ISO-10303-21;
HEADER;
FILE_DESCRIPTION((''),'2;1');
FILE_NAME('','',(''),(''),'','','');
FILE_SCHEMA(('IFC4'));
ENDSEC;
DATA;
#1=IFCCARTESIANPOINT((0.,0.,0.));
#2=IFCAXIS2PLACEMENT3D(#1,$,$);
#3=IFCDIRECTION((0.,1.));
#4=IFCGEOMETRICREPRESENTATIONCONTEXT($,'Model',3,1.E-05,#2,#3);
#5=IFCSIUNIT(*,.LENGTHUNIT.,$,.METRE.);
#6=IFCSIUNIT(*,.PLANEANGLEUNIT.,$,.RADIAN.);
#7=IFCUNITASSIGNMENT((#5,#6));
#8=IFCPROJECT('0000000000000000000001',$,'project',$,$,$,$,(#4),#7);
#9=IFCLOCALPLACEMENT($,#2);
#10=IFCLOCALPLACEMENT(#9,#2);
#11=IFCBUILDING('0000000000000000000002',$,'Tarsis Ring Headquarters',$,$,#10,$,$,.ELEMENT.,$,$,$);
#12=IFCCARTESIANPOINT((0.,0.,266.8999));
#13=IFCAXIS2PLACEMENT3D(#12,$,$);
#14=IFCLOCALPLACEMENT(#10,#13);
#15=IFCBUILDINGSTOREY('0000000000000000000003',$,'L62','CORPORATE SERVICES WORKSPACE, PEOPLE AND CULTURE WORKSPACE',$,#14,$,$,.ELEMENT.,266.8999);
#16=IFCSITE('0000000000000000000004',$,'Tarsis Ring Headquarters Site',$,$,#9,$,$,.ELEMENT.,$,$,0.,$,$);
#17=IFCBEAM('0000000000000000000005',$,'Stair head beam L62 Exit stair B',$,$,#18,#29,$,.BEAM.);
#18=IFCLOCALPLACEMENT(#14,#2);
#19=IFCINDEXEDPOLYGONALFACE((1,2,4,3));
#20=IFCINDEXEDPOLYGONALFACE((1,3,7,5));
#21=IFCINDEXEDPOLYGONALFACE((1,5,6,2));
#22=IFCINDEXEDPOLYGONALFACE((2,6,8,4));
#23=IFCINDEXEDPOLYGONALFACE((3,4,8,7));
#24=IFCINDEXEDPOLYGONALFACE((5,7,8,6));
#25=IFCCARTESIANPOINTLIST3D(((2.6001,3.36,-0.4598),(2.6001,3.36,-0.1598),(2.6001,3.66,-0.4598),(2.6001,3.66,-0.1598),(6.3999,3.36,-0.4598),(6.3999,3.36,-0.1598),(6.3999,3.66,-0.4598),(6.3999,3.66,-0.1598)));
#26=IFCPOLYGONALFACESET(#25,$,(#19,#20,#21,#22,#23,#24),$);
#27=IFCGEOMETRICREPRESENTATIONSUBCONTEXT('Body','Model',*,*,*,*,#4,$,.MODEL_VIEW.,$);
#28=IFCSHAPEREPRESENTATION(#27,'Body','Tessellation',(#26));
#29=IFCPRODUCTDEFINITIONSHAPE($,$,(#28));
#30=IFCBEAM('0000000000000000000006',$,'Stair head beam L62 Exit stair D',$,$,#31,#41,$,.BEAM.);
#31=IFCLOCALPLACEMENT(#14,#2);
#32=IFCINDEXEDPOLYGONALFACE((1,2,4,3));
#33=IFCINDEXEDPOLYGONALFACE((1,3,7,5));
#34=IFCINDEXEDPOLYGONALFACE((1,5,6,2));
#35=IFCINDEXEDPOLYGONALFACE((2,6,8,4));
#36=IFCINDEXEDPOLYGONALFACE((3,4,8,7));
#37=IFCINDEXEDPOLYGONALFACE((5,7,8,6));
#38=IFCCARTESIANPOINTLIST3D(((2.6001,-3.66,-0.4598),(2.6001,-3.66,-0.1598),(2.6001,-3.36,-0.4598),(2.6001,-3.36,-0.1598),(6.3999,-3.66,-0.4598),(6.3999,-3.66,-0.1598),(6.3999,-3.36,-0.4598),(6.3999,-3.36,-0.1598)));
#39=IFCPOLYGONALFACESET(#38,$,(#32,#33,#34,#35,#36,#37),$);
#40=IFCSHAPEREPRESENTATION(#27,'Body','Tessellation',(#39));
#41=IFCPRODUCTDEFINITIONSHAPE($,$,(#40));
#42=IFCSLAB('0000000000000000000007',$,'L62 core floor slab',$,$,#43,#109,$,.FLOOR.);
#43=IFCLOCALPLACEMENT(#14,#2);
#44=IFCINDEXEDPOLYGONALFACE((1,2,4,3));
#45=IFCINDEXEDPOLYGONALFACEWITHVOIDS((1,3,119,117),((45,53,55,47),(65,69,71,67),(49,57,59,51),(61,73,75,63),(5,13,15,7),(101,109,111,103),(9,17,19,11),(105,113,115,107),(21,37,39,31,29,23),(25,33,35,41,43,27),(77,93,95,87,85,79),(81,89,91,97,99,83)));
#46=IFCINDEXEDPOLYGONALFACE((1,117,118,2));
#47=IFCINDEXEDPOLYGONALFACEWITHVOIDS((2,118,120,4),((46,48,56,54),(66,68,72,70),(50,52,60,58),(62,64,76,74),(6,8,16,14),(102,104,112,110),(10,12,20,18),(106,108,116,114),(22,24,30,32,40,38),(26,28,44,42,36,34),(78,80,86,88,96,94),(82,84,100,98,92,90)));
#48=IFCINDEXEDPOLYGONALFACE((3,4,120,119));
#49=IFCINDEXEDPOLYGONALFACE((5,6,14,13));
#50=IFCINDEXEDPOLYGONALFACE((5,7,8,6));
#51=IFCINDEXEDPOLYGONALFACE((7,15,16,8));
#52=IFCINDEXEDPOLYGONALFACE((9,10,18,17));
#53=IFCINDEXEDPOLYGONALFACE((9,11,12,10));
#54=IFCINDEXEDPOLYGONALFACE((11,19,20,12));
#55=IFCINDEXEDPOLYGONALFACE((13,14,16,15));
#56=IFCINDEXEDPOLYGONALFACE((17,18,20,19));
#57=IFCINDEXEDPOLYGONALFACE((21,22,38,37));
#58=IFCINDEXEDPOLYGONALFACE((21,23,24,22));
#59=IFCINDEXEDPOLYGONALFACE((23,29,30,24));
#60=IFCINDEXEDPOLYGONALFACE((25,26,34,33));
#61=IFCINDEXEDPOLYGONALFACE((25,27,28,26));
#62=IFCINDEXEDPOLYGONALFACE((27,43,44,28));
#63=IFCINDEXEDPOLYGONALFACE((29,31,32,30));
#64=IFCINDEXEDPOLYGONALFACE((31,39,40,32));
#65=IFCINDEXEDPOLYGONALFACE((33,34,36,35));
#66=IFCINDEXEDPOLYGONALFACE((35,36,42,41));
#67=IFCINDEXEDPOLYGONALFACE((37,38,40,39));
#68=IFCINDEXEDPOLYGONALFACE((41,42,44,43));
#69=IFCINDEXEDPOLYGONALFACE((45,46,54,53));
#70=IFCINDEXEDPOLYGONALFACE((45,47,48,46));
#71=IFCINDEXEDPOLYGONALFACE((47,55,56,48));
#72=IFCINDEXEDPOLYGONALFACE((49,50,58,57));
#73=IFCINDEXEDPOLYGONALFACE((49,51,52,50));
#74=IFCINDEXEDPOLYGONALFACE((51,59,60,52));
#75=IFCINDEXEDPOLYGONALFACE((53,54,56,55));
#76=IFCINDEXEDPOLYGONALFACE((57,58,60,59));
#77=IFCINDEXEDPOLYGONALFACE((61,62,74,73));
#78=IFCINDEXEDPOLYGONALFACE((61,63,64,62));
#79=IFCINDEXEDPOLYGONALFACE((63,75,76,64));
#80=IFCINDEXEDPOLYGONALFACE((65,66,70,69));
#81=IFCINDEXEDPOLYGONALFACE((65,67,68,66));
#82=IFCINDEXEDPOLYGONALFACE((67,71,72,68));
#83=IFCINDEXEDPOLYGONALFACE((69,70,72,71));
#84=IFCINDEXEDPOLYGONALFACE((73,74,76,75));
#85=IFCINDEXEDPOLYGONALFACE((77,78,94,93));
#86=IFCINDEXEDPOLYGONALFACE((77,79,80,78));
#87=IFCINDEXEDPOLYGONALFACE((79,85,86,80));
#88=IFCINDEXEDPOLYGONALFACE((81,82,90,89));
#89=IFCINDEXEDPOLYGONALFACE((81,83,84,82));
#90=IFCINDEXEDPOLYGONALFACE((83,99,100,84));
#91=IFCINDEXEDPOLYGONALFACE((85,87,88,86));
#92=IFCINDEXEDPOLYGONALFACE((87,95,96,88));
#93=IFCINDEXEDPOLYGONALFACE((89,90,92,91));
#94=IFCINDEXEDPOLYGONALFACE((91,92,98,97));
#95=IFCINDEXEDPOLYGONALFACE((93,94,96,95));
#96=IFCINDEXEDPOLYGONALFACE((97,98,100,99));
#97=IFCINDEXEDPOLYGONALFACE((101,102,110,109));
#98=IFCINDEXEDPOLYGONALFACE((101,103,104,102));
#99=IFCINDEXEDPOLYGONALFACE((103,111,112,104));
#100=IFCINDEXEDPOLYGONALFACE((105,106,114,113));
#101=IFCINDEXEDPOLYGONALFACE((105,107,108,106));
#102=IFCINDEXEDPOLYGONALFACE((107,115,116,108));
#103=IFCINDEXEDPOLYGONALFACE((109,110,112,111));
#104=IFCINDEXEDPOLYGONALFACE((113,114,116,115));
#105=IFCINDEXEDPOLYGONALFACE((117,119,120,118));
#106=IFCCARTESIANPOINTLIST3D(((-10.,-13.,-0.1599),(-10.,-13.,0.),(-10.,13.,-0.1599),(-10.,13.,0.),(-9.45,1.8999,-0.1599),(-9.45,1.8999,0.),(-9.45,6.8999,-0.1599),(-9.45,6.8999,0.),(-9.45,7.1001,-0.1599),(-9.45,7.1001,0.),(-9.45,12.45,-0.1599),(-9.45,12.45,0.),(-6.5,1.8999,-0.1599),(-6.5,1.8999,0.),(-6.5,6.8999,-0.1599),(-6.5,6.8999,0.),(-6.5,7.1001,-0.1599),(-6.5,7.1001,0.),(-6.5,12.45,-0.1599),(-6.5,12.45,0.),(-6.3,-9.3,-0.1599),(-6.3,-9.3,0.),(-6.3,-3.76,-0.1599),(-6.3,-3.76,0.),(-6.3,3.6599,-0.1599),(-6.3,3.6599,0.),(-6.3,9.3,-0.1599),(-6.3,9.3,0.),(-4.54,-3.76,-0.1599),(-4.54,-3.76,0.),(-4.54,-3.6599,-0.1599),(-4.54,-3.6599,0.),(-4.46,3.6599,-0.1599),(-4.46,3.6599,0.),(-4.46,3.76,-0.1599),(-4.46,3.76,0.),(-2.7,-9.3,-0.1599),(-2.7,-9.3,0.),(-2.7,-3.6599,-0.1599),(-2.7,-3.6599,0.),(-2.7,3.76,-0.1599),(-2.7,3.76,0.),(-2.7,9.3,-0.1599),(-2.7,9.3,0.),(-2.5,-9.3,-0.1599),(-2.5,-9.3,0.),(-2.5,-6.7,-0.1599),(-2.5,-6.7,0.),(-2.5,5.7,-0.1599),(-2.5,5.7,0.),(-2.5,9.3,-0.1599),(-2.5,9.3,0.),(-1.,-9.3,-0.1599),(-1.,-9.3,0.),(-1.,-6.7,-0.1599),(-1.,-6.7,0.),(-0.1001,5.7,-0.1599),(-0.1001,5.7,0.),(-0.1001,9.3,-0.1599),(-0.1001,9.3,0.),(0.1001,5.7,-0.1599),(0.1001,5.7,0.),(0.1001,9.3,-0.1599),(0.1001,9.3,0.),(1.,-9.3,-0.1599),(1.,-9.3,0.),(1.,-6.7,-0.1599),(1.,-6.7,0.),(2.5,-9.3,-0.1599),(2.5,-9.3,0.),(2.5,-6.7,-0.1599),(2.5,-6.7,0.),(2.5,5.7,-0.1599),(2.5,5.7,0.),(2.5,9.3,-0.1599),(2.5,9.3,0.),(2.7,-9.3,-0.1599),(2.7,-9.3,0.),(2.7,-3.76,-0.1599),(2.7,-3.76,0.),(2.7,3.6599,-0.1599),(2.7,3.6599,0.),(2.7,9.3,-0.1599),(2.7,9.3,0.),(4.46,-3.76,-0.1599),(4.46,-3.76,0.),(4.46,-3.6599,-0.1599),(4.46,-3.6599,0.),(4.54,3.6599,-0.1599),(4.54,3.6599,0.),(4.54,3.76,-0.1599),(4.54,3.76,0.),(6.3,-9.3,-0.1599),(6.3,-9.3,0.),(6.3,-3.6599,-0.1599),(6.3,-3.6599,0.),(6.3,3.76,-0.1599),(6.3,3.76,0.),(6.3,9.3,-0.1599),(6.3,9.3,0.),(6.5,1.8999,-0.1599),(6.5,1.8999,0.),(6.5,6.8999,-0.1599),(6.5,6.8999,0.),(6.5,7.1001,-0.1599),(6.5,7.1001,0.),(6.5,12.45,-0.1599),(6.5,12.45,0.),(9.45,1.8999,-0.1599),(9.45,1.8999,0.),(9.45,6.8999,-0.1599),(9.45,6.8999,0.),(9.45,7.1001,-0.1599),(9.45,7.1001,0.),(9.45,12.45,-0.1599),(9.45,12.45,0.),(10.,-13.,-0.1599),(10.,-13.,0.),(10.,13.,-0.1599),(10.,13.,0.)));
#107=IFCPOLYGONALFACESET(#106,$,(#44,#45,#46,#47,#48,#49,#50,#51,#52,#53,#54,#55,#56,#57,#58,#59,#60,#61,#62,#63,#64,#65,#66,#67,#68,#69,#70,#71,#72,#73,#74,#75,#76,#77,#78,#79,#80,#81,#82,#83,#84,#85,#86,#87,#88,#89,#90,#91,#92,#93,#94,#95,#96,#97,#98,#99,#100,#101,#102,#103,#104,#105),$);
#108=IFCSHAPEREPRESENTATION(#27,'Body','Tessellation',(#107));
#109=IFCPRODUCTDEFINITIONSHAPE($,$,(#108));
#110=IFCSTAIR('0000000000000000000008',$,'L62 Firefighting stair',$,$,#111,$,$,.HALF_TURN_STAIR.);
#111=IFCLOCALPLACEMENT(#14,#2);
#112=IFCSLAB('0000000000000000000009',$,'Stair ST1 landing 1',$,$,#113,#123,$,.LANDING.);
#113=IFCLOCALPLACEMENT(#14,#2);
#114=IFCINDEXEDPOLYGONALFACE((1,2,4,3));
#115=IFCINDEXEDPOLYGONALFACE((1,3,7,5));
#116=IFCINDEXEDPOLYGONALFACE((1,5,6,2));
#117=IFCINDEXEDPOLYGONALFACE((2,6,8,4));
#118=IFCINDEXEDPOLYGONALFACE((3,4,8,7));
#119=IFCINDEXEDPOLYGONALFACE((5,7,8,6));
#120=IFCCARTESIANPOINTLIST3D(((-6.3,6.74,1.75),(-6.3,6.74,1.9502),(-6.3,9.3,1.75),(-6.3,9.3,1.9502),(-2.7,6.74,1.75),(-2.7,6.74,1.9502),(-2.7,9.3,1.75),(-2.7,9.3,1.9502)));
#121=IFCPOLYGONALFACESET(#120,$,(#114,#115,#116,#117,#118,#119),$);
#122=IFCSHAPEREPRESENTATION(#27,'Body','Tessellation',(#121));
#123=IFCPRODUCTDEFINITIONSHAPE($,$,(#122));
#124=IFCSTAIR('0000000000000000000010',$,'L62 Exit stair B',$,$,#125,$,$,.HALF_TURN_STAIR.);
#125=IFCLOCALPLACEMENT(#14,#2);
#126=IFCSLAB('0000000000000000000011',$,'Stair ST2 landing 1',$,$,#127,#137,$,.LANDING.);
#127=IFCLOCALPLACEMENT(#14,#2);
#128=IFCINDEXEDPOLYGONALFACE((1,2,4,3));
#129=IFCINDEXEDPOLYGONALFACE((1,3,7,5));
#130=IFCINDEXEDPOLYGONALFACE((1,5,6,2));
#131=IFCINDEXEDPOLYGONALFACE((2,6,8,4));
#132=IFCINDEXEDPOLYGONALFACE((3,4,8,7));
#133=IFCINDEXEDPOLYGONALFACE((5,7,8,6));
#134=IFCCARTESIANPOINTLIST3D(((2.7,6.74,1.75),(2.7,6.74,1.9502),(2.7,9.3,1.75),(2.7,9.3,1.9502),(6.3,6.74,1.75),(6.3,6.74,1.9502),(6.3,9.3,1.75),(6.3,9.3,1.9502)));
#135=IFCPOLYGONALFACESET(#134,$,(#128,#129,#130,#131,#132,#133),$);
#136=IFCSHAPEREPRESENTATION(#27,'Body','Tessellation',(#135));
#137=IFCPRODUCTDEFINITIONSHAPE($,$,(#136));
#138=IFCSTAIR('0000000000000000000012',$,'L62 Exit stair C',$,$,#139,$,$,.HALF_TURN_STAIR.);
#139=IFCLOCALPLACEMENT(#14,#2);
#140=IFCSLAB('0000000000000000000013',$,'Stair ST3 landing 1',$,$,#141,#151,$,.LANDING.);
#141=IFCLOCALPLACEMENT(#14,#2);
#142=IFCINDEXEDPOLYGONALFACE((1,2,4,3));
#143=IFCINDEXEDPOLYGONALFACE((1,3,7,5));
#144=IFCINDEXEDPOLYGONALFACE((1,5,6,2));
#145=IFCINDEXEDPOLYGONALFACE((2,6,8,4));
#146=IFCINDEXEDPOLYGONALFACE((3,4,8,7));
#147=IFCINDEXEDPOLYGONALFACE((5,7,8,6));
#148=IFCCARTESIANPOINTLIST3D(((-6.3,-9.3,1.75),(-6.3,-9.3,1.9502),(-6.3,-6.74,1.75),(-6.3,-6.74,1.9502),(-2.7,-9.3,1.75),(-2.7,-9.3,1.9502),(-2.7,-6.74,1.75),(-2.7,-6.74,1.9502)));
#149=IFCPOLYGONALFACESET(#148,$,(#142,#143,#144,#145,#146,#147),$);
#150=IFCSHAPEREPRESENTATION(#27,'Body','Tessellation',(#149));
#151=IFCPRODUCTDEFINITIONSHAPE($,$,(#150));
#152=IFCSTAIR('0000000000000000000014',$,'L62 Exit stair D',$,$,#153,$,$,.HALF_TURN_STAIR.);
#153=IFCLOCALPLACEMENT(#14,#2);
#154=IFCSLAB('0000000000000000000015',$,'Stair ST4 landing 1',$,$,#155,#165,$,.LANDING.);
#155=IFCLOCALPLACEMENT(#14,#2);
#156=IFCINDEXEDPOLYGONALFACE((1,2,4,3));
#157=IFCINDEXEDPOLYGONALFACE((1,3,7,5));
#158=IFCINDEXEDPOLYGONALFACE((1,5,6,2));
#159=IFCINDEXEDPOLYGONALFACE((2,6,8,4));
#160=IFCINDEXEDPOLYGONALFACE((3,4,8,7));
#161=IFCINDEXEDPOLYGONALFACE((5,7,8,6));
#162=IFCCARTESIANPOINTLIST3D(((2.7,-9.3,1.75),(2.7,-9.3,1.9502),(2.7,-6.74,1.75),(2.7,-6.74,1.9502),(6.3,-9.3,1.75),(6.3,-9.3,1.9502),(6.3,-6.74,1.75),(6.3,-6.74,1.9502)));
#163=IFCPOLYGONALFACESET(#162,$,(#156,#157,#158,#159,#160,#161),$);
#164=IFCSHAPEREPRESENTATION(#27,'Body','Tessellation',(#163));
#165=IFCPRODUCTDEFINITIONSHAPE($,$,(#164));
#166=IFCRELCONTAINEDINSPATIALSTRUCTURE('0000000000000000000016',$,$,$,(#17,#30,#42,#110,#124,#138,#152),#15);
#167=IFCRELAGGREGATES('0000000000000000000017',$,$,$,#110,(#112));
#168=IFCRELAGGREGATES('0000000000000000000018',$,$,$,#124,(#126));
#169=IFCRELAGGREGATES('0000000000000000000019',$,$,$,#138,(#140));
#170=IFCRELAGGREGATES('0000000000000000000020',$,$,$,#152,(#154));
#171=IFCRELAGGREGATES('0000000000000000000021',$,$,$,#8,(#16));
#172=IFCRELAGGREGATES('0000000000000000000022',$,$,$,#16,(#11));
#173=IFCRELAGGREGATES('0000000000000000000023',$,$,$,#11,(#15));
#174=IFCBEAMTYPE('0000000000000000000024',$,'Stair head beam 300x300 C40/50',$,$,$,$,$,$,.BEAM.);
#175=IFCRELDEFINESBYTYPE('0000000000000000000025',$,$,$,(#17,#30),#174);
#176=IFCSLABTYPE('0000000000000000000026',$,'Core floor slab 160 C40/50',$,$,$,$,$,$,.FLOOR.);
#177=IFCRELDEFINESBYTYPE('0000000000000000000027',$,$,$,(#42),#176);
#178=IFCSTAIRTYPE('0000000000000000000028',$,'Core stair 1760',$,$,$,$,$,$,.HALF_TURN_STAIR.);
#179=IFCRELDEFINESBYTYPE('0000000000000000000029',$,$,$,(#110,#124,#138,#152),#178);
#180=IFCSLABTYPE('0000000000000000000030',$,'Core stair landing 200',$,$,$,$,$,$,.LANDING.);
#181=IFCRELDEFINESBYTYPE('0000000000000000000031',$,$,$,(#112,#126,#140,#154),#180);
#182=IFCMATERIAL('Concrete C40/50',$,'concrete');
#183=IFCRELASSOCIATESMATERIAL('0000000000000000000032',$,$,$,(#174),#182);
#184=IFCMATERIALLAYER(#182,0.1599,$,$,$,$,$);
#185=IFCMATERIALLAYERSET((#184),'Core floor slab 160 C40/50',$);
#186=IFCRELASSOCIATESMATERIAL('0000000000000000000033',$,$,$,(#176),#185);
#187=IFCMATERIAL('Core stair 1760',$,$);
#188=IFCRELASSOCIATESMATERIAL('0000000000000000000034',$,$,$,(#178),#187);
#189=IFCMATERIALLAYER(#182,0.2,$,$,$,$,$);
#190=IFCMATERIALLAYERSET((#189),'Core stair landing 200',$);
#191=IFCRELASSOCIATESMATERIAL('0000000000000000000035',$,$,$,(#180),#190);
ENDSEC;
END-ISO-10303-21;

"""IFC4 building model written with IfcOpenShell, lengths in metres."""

from ifc_helpers import new_model, si_unit, direction, frame, origin, origin_2d, place, context, subcontext, project, spatial, polyline, rectangle, outline, extrude, material, layer, layer_set, material_profile, profile_set, type_object, element, aggregate, save


model = new_model("IFC4")

# Units and contexts
model_context = context("Model", 3, precision=1e-05, world=origin(), true_north=direction((0.0, 1.0)))
body_context = subcontext(model_context, "Body", "Model", "MODEL_VIEW")
ifc_project = project(units=[si_unit("LENGTHUNIT", "METRE"), si_unit("PLANEANGLEUNIT", "RADIAN")], contexts=[model_context])

# Site, building, storey
site_placement = place(None, origin())
site = spatial("IfcSite", under=ifc_project, at=site_placement, Name="Tarsis Ring Headquarters Site", CompositionType="ELEMENT", RefElevation=0.0)
building_placement = place(site_placement, origin())
building = spatial("IfcBuilding", under=site, at=building_placement, Name="Tarsis Ring Headquarters", CompositionType="ELEMENT")
storey_placement = place(building_placement, frame((0.0, 0.0, 266.8999)))
storey = spatial("IfcBuildingStorey", under=building, at=storey_placement, Name="L62", Description="CORPORATE SERVICES WORKSPACE, PEOPLE AND CULTURE WORKSPACE", CompositionType="ELEMENT", Elevation=266.8999)

# Beams
ifc_material_1 = material(Name="Concrete C40/50", Category="concrete")
ifc_material_profile = material_profile(ifc_material_1, rectangle(XDim=0.3, YDim=0.3, at=origin_2d()), Name="Stair head beam 300x300 C40/50")
ifc_profile_set = profile_set([ifc_material_profile], Name="Concrete C40/50")
beam_type = type_object("IfcBeamType", Name="Stair head beam 300x300 C40/50", PredefinedType="BEAM", material=ifc_profile_set)
for number, where, z_axis, x_axis, name in (
    (1, (2.6001, 3.51, -0.3098), (1.0, 0.0, 0.0), (0.0, 1.0, 0.0), "Stair head beam L62 Exit stair B"),
    (2, (2.6001, -3.51, -0.3098), (1.0, 0.0, 0.0), (0.0, 1.0, 0.0), "Stair head beam L62 Exit stair D"),
):
    element("IfcBeam", number, at=place(storey_placement, frame(where, z_axis=z_axis, x_axis=x_axis)), inside=storey, type_object=beam_type, Name=name, PredefinedType="BEAM", context=body_context, shape_type="SweptSolid", body=[
        extrude(rectangle(XDim=0.3, YDim=0.3, at=origin_2d()), origin(), (0.0, 0.0, 1.0), 3.7998),
    ])

# Slab
ifc_layer_1 = layer(ifc_material_1, 0.1599)
ifc_layer_set_1 = layer_set([ifc_layer_1], Name="Core floor slab 160 C40/50")
slab_type_1 = type_object("IfcSlabType", Name="Core floor slab 160 C40/50", PredefinedType="FLOOR", material=ifc_layer_set_1)
slab_1_placement = place(storey_placement, frame((0.0, 0.0, -0.1599)))
element("IfcSlab", 3, at=slab_1_placement, inside=storey, type_object=slab_type_1, Name="L62 core floor slab", PredefinedType="FLOOR", context=body_context, shape_type="SweptSolid", body=[
    extrude(outline(polyline([(-10.0, -13.0), (10.0, -13.0), (10.0, 13.0), (-10.0, 13.0), (-10.0, -13.0)]), holes=[polyline([(-2.5, 5.7), (-0.1001, 5.7), (-0.1001, 9.3), (-2.5, 9.3), (-2.5, 5.7)]), polyline([(0.1001, 5.7), (2.5, 5.7), (2.5, 9.3), (0.1001, 9.3), (0.1001, 5.7)]), polyline([(-9.45, 1.8999), (-6.5, 1.8999), (-6.5, 6.8999), (-9.45, 6.8999), (-9.45, 1.8999)]), polyline([(-9.45, 7.1001), (-6.5, 7.1001), (-6.5, 12.45), (-9.45, 12.45), (-9.45, 7.1001)]), polyline([(6.5, 1.8999), (9.45, 1.8999), (9.45, 6.8999), (6.5, 6.8999), (6.5, 1.8999)]), polyline([(6.5, 7.1001), (9.45, 7.1001), (9.45, 12.45), (6.5, 12.45), (6.5, 7.1001)]), polyline([(-2.5, -9.3), (-1.0, -9.3), (-1.0, -6.7), (-2.5, -6.7), (-2.5, -9.3)]), polyline([(1.0, -9.3), (2.5, -9.3), (2.5, -6.7), (1.0, -6.7), (1.0, -9.3)]), polyline([(-2.7, 3.76), (-2.7, 9.3), (-6.3, 9.3), (-6.3, 3.6599), (-4.46, 3.6599), (-4.46, 3.76), (-2.7, 3.76)]), polyline([(6.3, 3.76), (6.3, 9.3), (2.7, 9.3), (2.7, 3.6599), (4.54, 3.6599), (4.54, 3.76), (6.3, 3.76)]), polyline([(-6.3, -3.76), (-6.3, -9.3), (-2.7, -9.3), (-2.7, -3.6599), (-4.54, -3.6599), (-4.54, -3.76), (-6.3, -3.76)]), polyline([(2.7, -3.76), (2.7, -9.3), (6.3, -9.3), (6.3, -3.6599), (4.46, -3.6599), (4.46, -3.76), (2.7, -3.76)])]), origin(), (0.0, 0.0, 1.0), 0.1599),
])

# Stairs, slabs
ifc_material_2 = material(Name="Core stair 1760")
stair_type = type_object("IfcStairType", Name="Core stair 1760", PredefinedType="HALF_TURN_STAIR", material=ifc_material_2)
stair_1_placement = place(storey_placement, origin())
stair_1 = element("IfcStair", 4, at=stair_1_placement, inside=storey, type_object=stair_type, Name="L62 Firefighting stair", PredefinedType="HALF_TURN_STAIR")
ifc_layer_2 = layer(ifc_material_1, 0.2)
ifc_layer_set_2 = layer_set([ifc_layer_2], Name="Core stair landing 200")
slab_type_2 = type_object("IfcSlabType", Name="Core stair landing 200", PredefinedType="LANDING", material=ifc_layer_set_2)
slab_2_placement = place(storey_placement, frame((0.0, 0.0, 1.75)))
slab_2 = element("IfcSlab", 5, at=slab_2_placement, type_object=slab_type_2, Name="Stair ST1 landing 1", PredefinedType="LANDING", context=body_context, shape_type="SweptSolid", body=[
    extrude(outline(polyline([(-2.7, 6.74), (-2.7, 9.3), (-6.3, 9.3), (-6.3, 6.74), (-2.7, 6.74)])), origin(), (0.0, 0.0, 1.0), 0.2002),
])
aggregate(stair_1, [slab_2])
stair_2_placement = place(storey_placement, origin())
stair_2 = element("IfcStair", 6, at=stair_2_placement, inside=storey, type_object=stair_type, Name="L62 Exit stair B", PredefinedType="HALF_TURN_STAIR")
slab_3_placement = place(storey_placement, frame((0.0, 0.0, 1.75)))
slab_3 = element("IfcSlab", 7, at=slab_3_placement, type_object=slab_type_2, Name="Stair ST2 landing 1", PredefinedType="LANDING", context=body_context, shape_type="SweptSolid", body=[
    extrude(outline(polyline([(6.3, 6.74), (6.3, 9.3), (2.7, 9.3), (2.7, 6.74), (6.3, 6.74)])), origin(), (0.0, 0.0, 1.0), 0.2002),
])
aggregate(stair_2, [slab_3])
stair_3_placement = place(storey_placement, origin())
stair_3 = element("IfcStair", 8, at=stair_3_placement, inside=storey, type_object=stair_type, Name="L62 Exit stair C", PredefinedType="HALF_TURN_STAIR")
slab_4_placement = place(storey_placement, frame((0.0, 0.0, 1.75)))
slab_4 = element("IfcSlab", 9, at=slab_4_placement, type_object=slab_type_2, Name="Stair ST3 landing 1", PredefinedType="LANDING", context=body_context, shape_type="SweptSolid", body=[
    extrude(outline(polyline([(-6.3, -6.74), (-6.3, -9.3), (-2.7, -9.3), (-2.7, -6.74), (-6.3, -6.74)])), origin(), (0.0, 0.0, 1.0), 0.2002),
])
aggregate(stair_3, [slab_4])
stair_4_placement = place(storey_placement, origin())
stair_4 = element("IfcStair", 10, at=stair_4_placement, inside=storey, type_object=stair_type, Name="L62 Exit stair D", PredefinedType="HALF_TURN_STAIR")
slab_5_placement = place(storey_placement, frame((0.0, 0.0, 1.75)))
slab_5 = element("IfcSlab", 11, at=slab_5_placement, type_object=slab_type_2, Name="Stair ST4 landing 1", PredefinedType="LANDING", context=body_context, shape_type="SweptSolid", body=[
    extrude(outline(polyline([(2.7, -6.74), (2.7, -9.3), (6.3, -9.3), (6.3, -6.74), (2.7, -6.74)])), origin(), (0.0, 0.0, 1.0), 0.2002),
])
aggregate(stair_4, [slab_5])

save(model, "model.ifc")
